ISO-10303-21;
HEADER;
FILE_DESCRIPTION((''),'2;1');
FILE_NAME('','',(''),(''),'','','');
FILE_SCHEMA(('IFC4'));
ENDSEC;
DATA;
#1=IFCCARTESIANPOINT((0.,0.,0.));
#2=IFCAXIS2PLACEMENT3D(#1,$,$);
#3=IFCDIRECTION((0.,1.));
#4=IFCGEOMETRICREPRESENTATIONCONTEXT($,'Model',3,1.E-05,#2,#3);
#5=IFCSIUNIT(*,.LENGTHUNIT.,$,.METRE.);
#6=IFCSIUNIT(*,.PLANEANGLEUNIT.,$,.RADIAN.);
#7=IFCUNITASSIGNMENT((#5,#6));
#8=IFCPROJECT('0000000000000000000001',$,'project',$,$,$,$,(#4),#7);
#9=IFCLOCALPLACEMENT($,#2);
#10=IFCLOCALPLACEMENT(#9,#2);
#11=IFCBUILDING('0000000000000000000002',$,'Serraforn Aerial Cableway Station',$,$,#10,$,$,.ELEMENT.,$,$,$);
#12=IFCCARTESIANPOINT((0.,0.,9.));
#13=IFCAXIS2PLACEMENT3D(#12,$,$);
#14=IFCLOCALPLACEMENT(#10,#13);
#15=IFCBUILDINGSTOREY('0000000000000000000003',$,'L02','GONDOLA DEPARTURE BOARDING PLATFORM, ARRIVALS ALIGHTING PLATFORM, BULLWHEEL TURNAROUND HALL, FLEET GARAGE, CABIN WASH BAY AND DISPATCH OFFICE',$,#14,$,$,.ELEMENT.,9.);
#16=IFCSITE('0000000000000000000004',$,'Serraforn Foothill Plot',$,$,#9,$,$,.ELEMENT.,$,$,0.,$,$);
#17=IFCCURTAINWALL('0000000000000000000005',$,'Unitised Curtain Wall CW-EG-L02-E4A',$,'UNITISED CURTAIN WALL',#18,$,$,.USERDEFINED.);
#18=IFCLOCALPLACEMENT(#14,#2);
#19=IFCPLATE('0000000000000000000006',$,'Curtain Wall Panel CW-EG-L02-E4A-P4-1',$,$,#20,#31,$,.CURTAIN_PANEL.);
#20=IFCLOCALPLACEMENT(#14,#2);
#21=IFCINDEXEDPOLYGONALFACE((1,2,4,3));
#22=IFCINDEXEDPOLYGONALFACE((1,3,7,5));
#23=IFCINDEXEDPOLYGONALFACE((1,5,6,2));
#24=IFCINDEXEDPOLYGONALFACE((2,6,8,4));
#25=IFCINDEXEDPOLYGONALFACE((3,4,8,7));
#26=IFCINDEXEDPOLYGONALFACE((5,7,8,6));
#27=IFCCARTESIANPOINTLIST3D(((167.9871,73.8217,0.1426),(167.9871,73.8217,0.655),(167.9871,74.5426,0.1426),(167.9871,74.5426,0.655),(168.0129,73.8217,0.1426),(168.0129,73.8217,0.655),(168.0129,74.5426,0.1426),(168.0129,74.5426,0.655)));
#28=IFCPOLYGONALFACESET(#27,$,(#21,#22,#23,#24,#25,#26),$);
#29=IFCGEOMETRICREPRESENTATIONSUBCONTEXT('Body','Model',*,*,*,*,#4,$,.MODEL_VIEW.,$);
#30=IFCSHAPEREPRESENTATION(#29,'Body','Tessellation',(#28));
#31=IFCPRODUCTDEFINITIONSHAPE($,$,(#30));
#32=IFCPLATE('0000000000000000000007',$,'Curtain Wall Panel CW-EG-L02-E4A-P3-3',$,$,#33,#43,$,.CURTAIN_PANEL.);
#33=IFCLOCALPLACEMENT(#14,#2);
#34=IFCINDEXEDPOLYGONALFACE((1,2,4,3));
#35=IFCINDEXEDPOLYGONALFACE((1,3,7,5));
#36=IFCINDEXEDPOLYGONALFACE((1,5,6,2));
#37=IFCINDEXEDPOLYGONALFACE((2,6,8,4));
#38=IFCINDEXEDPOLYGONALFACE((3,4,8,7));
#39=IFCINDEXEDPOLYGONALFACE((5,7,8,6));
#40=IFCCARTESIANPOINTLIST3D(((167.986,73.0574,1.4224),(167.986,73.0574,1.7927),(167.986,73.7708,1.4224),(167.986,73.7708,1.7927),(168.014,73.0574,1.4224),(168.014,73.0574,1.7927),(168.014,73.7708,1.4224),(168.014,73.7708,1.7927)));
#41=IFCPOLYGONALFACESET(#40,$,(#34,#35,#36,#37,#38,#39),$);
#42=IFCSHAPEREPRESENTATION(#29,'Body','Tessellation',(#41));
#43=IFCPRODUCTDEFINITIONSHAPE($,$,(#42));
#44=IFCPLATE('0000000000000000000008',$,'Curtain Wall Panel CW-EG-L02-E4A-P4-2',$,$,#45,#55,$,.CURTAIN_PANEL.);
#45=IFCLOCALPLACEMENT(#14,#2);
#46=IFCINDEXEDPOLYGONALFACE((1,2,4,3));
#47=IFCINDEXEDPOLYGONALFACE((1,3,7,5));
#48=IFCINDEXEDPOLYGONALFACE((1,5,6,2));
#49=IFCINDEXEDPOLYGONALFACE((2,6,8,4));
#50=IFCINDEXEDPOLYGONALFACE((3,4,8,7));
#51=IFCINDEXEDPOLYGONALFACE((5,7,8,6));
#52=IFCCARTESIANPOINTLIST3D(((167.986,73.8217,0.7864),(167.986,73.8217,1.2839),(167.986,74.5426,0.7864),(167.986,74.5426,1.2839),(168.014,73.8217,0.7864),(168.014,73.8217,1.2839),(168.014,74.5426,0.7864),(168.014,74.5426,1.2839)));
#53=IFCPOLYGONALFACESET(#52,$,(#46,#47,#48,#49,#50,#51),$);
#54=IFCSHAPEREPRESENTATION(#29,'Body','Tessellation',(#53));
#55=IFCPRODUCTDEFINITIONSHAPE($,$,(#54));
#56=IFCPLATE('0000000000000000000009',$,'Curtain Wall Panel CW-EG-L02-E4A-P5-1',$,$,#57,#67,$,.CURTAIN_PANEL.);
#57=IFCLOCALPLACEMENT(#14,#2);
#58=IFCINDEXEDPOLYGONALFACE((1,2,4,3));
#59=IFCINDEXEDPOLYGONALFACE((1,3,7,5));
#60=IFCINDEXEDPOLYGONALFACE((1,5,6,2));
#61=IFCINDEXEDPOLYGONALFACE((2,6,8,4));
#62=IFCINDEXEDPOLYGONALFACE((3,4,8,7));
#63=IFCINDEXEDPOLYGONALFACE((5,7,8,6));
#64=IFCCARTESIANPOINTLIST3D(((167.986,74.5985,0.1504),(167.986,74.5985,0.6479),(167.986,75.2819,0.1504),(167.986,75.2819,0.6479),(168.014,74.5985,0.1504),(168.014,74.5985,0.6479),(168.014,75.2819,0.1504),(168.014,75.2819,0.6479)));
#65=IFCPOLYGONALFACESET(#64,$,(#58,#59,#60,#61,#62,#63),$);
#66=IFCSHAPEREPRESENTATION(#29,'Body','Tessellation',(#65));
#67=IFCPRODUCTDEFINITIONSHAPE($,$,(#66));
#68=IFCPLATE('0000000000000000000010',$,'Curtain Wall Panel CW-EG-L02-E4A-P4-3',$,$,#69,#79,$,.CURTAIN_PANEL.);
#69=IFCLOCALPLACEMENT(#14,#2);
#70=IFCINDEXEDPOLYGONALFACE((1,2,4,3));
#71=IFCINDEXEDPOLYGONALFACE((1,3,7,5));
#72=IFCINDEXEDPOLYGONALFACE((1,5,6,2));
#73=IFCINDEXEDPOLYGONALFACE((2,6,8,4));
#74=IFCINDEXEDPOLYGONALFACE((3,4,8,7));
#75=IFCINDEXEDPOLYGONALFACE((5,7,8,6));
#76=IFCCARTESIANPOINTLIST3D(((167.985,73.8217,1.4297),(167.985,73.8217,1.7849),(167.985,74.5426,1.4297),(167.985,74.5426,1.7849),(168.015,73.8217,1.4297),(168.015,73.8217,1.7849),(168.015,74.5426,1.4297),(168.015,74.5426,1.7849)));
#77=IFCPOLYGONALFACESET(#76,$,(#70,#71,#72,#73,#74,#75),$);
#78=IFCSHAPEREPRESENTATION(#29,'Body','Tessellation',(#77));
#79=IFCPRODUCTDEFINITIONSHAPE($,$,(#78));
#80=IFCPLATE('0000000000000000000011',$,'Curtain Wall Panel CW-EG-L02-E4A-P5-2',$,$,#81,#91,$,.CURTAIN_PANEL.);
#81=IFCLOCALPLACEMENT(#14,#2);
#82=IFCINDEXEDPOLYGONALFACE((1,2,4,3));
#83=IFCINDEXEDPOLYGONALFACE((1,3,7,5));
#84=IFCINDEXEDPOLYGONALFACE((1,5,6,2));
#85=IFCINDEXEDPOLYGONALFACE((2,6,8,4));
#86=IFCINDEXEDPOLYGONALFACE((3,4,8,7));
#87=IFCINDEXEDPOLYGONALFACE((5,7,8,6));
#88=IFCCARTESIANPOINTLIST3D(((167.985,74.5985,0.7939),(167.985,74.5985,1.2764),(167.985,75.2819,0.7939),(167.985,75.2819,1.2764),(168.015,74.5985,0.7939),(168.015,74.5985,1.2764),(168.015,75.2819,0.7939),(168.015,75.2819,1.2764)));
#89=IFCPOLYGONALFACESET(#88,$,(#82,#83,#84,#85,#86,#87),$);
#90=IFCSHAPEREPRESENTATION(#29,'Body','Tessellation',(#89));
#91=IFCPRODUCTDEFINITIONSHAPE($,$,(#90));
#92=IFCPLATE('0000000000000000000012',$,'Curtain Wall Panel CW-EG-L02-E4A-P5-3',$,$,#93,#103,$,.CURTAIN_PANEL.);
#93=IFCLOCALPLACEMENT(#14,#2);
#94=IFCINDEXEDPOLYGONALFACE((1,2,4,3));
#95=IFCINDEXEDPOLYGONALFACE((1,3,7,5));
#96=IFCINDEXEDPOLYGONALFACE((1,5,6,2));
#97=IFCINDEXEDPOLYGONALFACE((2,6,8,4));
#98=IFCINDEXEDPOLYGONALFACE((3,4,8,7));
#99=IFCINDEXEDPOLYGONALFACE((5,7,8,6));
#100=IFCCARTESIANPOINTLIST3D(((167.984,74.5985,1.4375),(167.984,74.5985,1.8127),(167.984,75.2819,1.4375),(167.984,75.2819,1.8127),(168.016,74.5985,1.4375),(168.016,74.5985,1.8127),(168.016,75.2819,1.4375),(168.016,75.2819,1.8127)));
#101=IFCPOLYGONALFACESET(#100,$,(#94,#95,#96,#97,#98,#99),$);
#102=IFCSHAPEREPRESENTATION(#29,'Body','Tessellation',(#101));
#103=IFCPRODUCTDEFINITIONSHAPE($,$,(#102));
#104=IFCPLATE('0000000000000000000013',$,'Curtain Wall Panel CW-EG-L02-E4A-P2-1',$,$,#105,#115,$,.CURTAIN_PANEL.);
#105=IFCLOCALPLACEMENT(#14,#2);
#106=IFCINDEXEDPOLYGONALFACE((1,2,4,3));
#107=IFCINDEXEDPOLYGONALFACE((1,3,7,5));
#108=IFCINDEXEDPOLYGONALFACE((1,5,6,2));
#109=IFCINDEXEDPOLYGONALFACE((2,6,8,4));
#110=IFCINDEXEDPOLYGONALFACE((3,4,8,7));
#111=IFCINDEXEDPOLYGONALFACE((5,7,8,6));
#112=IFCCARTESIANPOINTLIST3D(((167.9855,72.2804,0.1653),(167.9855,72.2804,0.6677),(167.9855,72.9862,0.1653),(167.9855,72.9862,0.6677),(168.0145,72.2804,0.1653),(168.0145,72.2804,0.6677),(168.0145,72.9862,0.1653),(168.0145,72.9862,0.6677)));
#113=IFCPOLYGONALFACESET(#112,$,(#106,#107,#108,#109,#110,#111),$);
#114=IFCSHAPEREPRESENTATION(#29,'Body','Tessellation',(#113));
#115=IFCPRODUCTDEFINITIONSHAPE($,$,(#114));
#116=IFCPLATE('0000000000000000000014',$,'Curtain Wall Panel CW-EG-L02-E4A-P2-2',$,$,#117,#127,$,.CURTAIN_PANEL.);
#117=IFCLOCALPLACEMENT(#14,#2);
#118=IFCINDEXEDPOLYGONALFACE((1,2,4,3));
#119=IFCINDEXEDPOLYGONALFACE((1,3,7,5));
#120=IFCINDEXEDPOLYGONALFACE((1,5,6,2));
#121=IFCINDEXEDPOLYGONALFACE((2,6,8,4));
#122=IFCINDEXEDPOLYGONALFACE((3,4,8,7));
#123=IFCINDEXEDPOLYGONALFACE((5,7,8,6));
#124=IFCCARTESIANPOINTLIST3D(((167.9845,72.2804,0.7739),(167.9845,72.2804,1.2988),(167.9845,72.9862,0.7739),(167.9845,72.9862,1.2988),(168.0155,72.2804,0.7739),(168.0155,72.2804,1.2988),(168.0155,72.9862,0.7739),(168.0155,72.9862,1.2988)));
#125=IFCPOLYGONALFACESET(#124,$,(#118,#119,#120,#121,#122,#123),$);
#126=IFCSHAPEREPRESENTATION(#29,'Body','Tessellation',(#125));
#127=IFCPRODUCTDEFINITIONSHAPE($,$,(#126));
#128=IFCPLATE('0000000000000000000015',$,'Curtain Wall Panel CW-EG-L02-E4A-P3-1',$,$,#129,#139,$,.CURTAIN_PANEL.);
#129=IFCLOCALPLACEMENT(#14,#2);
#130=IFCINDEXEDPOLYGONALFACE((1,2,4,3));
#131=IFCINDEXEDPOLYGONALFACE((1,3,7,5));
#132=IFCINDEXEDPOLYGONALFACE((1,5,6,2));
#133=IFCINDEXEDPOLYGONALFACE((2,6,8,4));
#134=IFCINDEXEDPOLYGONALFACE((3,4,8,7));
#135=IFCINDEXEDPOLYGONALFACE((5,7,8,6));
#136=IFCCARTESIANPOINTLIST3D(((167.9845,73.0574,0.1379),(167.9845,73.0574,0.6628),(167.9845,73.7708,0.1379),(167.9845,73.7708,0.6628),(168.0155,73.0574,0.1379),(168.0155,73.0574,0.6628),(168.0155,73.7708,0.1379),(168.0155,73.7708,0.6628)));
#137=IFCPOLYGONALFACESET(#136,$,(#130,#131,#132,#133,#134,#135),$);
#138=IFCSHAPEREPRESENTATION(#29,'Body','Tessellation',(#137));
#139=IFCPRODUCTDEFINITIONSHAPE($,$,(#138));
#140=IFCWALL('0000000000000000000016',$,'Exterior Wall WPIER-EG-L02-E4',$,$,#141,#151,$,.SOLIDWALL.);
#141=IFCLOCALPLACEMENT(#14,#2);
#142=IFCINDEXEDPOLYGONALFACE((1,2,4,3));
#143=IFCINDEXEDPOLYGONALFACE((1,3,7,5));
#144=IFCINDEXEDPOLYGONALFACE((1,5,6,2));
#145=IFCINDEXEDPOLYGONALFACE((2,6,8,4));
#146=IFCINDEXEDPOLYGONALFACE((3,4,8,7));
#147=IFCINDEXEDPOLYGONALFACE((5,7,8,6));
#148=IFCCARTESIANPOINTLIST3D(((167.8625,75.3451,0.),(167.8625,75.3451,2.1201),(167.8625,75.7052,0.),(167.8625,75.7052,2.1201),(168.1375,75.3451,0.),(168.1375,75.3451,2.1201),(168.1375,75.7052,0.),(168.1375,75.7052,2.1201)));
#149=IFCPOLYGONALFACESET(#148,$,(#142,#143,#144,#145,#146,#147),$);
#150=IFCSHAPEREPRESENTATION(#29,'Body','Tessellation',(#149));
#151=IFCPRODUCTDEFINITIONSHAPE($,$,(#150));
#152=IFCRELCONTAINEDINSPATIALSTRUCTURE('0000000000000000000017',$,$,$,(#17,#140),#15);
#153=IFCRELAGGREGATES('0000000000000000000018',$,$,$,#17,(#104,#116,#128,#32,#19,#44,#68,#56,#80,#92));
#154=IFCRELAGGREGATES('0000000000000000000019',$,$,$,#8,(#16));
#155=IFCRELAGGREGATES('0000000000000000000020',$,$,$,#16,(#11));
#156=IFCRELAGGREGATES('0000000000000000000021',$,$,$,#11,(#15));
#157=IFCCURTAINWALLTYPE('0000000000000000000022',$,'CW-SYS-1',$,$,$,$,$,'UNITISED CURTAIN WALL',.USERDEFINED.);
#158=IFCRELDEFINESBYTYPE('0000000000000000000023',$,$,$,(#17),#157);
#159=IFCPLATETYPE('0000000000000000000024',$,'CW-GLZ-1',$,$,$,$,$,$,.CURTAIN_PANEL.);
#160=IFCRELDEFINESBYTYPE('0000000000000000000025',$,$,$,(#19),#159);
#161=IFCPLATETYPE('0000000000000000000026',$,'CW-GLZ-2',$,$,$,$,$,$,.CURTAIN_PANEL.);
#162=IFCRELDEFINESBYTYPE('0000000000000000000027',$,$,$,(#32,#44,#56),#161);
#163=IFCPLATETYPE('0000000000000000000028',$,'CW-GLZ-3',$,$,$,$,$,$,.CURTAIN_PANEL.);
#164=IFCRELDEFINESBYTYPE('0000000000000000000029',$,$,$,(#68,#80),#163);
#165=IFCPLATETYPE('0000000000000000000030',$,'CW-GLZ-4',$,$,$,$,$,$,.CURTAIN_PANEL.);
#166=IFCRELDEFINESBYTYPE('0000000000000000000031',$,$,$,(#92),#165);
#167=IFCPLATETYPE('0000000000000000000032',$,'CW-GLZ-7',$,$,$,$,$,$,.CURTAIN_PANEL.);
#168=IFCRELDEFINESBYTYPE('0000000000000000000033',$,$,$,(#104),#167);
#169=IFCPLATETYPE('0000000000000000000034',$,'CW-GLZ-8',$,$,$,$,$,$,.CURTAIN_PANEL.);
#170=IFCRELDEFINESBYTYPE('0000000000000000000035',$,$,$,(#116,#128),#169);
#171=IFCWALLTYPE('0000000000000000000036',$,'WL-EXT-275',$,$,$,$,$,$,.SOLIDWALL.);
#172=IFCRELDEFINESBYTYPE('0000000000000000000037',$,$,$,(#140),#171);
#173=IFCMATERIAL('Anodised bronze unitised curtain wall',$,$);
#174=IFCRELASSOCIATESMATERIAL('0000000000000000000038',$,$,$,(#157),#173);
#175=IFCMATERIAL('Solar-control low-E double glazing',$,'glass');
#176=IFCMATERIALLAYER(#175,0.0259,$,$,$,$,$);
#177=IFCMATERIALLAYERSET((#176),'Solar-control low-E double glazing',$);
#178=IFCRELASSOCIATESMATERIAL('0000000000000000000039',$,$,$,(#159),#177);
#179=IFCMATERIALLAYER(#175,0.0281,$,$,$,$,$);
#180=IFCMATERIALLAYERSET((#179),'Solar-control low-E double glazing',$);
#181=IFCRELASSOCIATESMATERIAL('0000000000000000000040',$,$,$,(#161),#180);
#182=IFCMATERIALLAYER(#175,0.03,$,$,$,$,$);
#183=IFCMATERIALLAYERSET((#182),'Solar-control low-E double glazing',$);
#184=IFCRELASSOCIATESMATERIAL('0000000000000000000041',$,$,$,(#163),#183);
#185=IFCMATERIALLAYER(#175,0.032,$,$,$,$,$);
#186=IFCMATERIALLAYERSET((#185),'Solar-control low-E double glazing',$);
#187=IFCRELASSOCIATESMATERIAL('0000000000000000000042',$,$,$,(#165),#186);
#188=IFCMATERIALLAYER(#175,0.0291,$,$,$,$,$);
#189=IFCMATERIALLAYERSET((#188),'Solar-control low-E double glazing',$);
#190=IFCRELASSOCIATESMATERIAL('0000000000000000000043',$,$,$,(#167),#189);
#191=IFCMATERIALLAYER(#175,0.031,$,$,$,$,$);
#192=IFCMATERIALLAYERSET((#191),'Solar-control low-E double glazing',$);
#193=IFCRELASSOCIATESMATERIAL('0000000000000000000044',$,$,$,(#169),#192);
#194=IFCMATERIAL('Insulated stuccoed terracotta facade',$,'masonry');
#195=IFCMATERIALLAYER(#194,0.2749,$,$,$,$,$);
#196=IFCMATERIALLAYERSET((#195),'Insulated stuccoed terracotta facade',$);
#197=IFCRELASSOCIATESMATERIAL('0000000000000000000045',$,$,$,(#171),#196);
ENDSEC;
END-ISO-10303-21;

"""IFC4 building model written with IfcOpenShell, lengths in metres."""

from ifc_helpers import new_model, si_unit, direction, frame, frame_2d, origin, origin_2d, place, context, subcontext, project, spatial, rectangle, extrude, material, layer, layer_set, type_object, element, aggregate, save


model = new_model("IFC4")

# Units and contexts
model_context = context("Model", 3, precision=1e-05, world=origin(), true_north=direction((0.0, 1.0)))
body_context = subcontext(model_context, "Body", "Model", "MODEL_VIEW")
ifc_project = project(units=[si_unit("LENGTHUNIT", "METRE"), si_unit("PLANEANGLEUNIT", "RADIAN")], contexts=[model_context])

# Site, building, storey
site_placement = place(None, origin())
site = spatial("IfcSite", under=ifc_project, at=site_placement, Name="Serraforn Foothill Plot", CompositionType="ELEMENT", RefElevation=0.0)
building_placement = place(site_placement, origin())
building = spatial("IfcBuilding", under=site, at=building_placement, Name="Serraforn Aerial Cableway Station", CompositionType="ELEMENT")
storey_placement = place(building_placement, frame((0.0, 0.0, 9.0)))
storey = spatial("IfcBuildingStorey", under=building, at=storey_placement, Name="L02", Description="GONDOLA DEPARTURE BOARDING PLATFORM, ARRIVALS ALIGHTING PLATFORM, BULLWHEEL TURNAROUND HALL, FLEET GARAGE, CABIN WASH BAY AND DISPATCH OFFICE", CompositionType="ELEMENT", Elevation=9.0)

# Curtain wall, plates
ifc_material_1 = material(Name="Anodised bronze unitised curtain wall")
curtain_wall_type = type_object("IfcCurtainWallType", Name="CW-SYS-1", ElementType="UNITISED CURTAIN WALL", PredefinedType="USERDEFINED", material=ifc_material_1)
curtain_wall_placement = place(storey_placement, origin())
curtain_wall = element("IfcCurtainWall", 1, at=curtain_wall_placement, inside=storey, type_object=curtain_wall_type, Name="Unitised Curtain Wall CW-EG-L02-E4A", ObjectType="UNITISED CURTAIN WALL", PredefinedType="USERDEFINED")
ifc_material_2 = material(Name="Solar-control low-E double glazing", Category="glass")
ifc_layer_1 = layer(ifc_material_2, 0.0259)
ifc_layer_set_1 = layer_set([ifc_layer_1], Name="Solar-control low-E double glazing")
plate_type_1 = type_object("IfcPlateType", Name="CW-GLZ-1", PredefinedType="CURTAIN_PANEL", material=ifc_layer_set_1)
plate_1_placement = place(storey_placement, frame((168.0, 74.1821, 0.1426), z_axis=(0.0, 0.0, 1.0), x_axis=(1.0, 0.0, 0.0)))
plate_1 = element("IfcPlate", 2, at=plate_1_placement, type_object=plate_type_1, Name="Curtain Wall Panel CW-EG-L02-E4A-P4-1", PredefinedType="CURTAIN_PANEL", context=body_context, shape_type="SweptSolid", body=[
    extrude(rectangle(XDim=0.0259, YDim=0.7209, at=origin_2d()), origin(), (0.0, 0.0, 1.0), 0.5125),
])
ifc_layer_2 = layer(ifc_material_2, 0.0281)
ifc_layer_set_2 = layer_set([ifc_layer_2], Name="Solar-control low-E double glazing")
plate_type_2 = type_object("IfcPlateType", Name="CW-GLZ-2", PredefinedType="CURTAIN_PANEL", material=ifc_layer_set_2)
plate_2_placement = place(storey_placement, frame((168.0, 73.4141, 1.4224), z_axis=(0.0, 0.0, 1.0), x_axis=(1.0, 0.0, 0.0)))
plate_2 = element("IfcPlate", 3, at=plate_2_placement, type_object=plate_type_2, Name="Curtain Wall Panel CW-EG-L02-E4A-P3-3", PredefinedType="CURTAIN_PANEL", context=body_context, shape_type="SweptSolid", body=[
    extrude(rectangle(XDim=0.0281, YDim=0.7134, at=origin_2d()), origin(), (0.0, 0.0, 1.0), 0.3704),
])
plate_3_placement = place(storey_placement, frame((168.0, 74.1821, 0.7864), z_axis=(0.0, 0.0, 1.0), x_axis=(1.0, 0.0, 0.0)))
plate_3 = element("IfcPlate", 4, at=plate_3_placement, type_object=plate_type_2, Name="Curtain Wall Panel CW-EG-L02-E4A-P4-2", PredefinedType="CURTAIN_PANEL", context=body_context, shape_type="SweptSolid", body=[
    extrude(rectangle(XDim=0.0281, YDim=0.7209, at=origin_2d()), origin(), (0.0, 0.0, 1.0), 0.4976),
])
plate_4_placement = place(storey_placement, frame((168.0, 74.9402, 0.1504), z_axis=(0.0, 0.0, 1.0), x_axis=(1.0, 0.0, 0.0)))
plate_4 = element("IfcPlate", 5, at=plate_4_placement, type_object=plate_type_2, Name="Curtain Wall Panel CW-EG-L02-E4A-P5-1", PredefinedType="CURTAIN_PANEL", context=body_context, shape_type="SweptSolid", body=[
    extrude(rectangle(XDim=0.0281, YDim=0.6833, at=origin_2d()), origin(), (0.0, 0.0, 1.0), 0.4976),
])
ifc_layer_3 = layer(ifc_material_2, 0.03)
ifc_layer_set_3 = layer_set([ifc_layer_3], Name="Solar-control low-E double glazing")
plate_type_3 = type_object("IfcPlateType", Name="CW-GLZ-3", PredefinedType="CURTAIN_PANEL", material=ifc_layer_set_3)
plate_5_placement = place(storey_placement, frame((168.0, 74.1821, 1.4297), z_axis=(0.0, 0.0, 1.0), x_axis=(1.0, 0.0, 0.0)))
plate_5 = element("IfcPlate", 6, at=plate_5_placement, type_object=plate_type_3, Name="Curtain Wall Panel CW-EG-L02-E4A-P4-3", PredefinedType="CURTAIN_PANEL", context=body_context, shape_type="SweptSolid", body=[
    extrude(rectangle(XDim=0.03, YDim=0.7209, at=origin_2d()), origin(), (0.0, 0.0, 1.0), 0.3552),
])
plate_6_placement = place(storey_placement, frame((168.0, 74.9402, 0.7939), z_axis=(0.0, 0.0, 1.0), x_axis=(1.0, 0.0, 0.0)))
plate_6 = element("IfcPlate", 7, at=plate_6_placement, type_object=plate_type_3, Name="Curtain Wall Panel CW-EG-L02-E4A-P5-2", PredefinedType="CURTAIN_PANEL", context=body_context, shape_type="SweptSolid", body=[
    extrude(rectangle(XDim=0.03, YDim=0.6833, at=origin_2d()), origin(), (0.0, 0.0, 1.0), 0.4824),
])
ifc_layer_4 = layer(ifc_material_2, 0.032)
ifc_layer_set_4 = layer_set([ifc_layer_4], Name="Solar-control low-E double glazing")
plate_type_4 = type_object("IfcPlateType", Name="CW-GLZ-4", PredefinedType="CURTAIN_PANEL", material=ifc_layer_set_4)
plate_7_placement = place(storey_placement, frame((168.0, 74.9402, 1.4375), z_axis=(0.0, 0.0, 1.0), x_axis=(1.0, 0.0, 0.0)))
plate_7 = element("IfcPlate", 8, at=plate_7_placement, type_object=plate_type_4, Name="Curtain Wall Panel CW-EG-L02-E4A-P5-3", PredefinedType="CURTAIN_PANEL", context=body_context, shape_type="SweptSolid", body=[
    extrude(rectangle(XDim=0.032, YDim=0.6833, at=origin_2d()), origin(), (0.0, 0.0, 1.0), 0.3752),
])
ifc_layer_5 = layer(ifc_material_2, 0.0291)
ifc_layer_set_5 = layer_set([ifc_layer_5], Name="Solar-control low-E double glazing")
plate_type_5 = type_object("IfcPlateType", Name="CW-GLZ-7", PredefinedType="CURTAIN_PANEL", material=ifc_layer_set_5)
plate_8_placement = place(storey_placement, frame((168.0, 72.6333, 0.1653), z_axis=(0.0, 0.0, 1.0), x_axis=(1.0, 0.0, 0.0)))
plate_8 = element("IfcPlate", 9, at=plate_8_placement, type_object=plate_type_5, Name="Curtain Wall Panel CW-EG-L02-E4A-P2-1", PredefinedType="CURTAIN_PANEL", context=body_context, shape_type="SweptSolid", body=[
    extrude(rectangle(XDim=0.0291, YDim=0.7058, at=origin_2d()), origin(), (0.0, 0.0, 1.0), 0.5024),
])
ifc_layer_6 = layer(ifc_material_2, 0.031)
ifc_layer_set_6 = layer_set([ifc_layer_6], Name="Solar-control low-E double glazing")
plate_type_6 = type_object("IfcPlateType", Name="CW-GLZ-8", PredefinedType="CURTAIN_PANEL", material=ifc_layer_set_6)
plate_9_placement = place(storey_placement, frame((168.0, 72.6333, 0.7739), z_axis=(0.0, 0.0, 1.0), x_axis=(1.0, 0.0, 0.0)))
plate_9 = element("IfcPlate", 10, at=plate_9_placement, type_object=plate_type_6, Name="Curtain Wall Panel CW-EG-L02-E4A-P2-2", PredefinedType="CURTAIN_PANEL", context=body_context, shape_type="SweptSolid", body=[
    extrude(rectangle(XDim=0.031, YDim=0.7058, at=origin_2d()), origin(), (0.0, 0.0, 1.0), 0.5249),
])
plate_10_placement = place(storey_placement, frame((168.0, 73.4141, 0.1379), z_axis=(0.0, 0.0, 1.0), x_axis=(1.0, 0.0, 0.0)))
plate_10 = element("IfcPlate", 11, at=plate_10_placement, type_object=plate_type_6, Name="Curtain Wall Panel CW-EG-L02-E4A-P3-1", PredefinedType="CURTAIN_PANEL", context=body_context, shape_type="SweptSolid", body=[
    extrude(rectangle(XDim=0.031, YDim=0.7134, at=origin_2d()), origin(), (0.0, 0.0, 1.0), 0.5249),
])
aggregate(curtain_wall, [plate_8, plate_9, plate_10, plate_2, plate_1, plate_3, plate_5, plate_4, plate_6, plate_7])

# Wall
ifc_material_3 = material(Name="Insulated stuccoed terracotta facade", Category="masonry")
ifc_layer_7 = layer(ifc_material_3, 0.2749)
ifc_layer_set_7 = layer_set([ifc_layer_7], Name="Insulated stuccoed terracotta facade")
wall_type = type_object("IfcWallType", Name="WL-EXT-275", PredefinedType="SOLIDWALL", material=ifc_layer_set_7)
wall_placement = place(storey_placement, frame((168.0, 75.345, 0.0), z_axis=(0.0, 0.0, 1.0), x_axis=(0.0, 1.0, 0.0)))
element("IfcWall", 12, at=wall_placement, inside=storey, type_object=wall_type, Name="Exterior Wall WPIER-EG-L02-E4", PredefinedType="SOLIDWALL", context=body_context, shape_type="SweptSolid", body=[
    extrude(rectangle(XDim=0.3601, YDim=0.2749, at=frame_2d((0.1802, 0.0))), origin(), (0.0, 0.0, 1.0), 2.1201),
])

save(model, "model.ifc")
